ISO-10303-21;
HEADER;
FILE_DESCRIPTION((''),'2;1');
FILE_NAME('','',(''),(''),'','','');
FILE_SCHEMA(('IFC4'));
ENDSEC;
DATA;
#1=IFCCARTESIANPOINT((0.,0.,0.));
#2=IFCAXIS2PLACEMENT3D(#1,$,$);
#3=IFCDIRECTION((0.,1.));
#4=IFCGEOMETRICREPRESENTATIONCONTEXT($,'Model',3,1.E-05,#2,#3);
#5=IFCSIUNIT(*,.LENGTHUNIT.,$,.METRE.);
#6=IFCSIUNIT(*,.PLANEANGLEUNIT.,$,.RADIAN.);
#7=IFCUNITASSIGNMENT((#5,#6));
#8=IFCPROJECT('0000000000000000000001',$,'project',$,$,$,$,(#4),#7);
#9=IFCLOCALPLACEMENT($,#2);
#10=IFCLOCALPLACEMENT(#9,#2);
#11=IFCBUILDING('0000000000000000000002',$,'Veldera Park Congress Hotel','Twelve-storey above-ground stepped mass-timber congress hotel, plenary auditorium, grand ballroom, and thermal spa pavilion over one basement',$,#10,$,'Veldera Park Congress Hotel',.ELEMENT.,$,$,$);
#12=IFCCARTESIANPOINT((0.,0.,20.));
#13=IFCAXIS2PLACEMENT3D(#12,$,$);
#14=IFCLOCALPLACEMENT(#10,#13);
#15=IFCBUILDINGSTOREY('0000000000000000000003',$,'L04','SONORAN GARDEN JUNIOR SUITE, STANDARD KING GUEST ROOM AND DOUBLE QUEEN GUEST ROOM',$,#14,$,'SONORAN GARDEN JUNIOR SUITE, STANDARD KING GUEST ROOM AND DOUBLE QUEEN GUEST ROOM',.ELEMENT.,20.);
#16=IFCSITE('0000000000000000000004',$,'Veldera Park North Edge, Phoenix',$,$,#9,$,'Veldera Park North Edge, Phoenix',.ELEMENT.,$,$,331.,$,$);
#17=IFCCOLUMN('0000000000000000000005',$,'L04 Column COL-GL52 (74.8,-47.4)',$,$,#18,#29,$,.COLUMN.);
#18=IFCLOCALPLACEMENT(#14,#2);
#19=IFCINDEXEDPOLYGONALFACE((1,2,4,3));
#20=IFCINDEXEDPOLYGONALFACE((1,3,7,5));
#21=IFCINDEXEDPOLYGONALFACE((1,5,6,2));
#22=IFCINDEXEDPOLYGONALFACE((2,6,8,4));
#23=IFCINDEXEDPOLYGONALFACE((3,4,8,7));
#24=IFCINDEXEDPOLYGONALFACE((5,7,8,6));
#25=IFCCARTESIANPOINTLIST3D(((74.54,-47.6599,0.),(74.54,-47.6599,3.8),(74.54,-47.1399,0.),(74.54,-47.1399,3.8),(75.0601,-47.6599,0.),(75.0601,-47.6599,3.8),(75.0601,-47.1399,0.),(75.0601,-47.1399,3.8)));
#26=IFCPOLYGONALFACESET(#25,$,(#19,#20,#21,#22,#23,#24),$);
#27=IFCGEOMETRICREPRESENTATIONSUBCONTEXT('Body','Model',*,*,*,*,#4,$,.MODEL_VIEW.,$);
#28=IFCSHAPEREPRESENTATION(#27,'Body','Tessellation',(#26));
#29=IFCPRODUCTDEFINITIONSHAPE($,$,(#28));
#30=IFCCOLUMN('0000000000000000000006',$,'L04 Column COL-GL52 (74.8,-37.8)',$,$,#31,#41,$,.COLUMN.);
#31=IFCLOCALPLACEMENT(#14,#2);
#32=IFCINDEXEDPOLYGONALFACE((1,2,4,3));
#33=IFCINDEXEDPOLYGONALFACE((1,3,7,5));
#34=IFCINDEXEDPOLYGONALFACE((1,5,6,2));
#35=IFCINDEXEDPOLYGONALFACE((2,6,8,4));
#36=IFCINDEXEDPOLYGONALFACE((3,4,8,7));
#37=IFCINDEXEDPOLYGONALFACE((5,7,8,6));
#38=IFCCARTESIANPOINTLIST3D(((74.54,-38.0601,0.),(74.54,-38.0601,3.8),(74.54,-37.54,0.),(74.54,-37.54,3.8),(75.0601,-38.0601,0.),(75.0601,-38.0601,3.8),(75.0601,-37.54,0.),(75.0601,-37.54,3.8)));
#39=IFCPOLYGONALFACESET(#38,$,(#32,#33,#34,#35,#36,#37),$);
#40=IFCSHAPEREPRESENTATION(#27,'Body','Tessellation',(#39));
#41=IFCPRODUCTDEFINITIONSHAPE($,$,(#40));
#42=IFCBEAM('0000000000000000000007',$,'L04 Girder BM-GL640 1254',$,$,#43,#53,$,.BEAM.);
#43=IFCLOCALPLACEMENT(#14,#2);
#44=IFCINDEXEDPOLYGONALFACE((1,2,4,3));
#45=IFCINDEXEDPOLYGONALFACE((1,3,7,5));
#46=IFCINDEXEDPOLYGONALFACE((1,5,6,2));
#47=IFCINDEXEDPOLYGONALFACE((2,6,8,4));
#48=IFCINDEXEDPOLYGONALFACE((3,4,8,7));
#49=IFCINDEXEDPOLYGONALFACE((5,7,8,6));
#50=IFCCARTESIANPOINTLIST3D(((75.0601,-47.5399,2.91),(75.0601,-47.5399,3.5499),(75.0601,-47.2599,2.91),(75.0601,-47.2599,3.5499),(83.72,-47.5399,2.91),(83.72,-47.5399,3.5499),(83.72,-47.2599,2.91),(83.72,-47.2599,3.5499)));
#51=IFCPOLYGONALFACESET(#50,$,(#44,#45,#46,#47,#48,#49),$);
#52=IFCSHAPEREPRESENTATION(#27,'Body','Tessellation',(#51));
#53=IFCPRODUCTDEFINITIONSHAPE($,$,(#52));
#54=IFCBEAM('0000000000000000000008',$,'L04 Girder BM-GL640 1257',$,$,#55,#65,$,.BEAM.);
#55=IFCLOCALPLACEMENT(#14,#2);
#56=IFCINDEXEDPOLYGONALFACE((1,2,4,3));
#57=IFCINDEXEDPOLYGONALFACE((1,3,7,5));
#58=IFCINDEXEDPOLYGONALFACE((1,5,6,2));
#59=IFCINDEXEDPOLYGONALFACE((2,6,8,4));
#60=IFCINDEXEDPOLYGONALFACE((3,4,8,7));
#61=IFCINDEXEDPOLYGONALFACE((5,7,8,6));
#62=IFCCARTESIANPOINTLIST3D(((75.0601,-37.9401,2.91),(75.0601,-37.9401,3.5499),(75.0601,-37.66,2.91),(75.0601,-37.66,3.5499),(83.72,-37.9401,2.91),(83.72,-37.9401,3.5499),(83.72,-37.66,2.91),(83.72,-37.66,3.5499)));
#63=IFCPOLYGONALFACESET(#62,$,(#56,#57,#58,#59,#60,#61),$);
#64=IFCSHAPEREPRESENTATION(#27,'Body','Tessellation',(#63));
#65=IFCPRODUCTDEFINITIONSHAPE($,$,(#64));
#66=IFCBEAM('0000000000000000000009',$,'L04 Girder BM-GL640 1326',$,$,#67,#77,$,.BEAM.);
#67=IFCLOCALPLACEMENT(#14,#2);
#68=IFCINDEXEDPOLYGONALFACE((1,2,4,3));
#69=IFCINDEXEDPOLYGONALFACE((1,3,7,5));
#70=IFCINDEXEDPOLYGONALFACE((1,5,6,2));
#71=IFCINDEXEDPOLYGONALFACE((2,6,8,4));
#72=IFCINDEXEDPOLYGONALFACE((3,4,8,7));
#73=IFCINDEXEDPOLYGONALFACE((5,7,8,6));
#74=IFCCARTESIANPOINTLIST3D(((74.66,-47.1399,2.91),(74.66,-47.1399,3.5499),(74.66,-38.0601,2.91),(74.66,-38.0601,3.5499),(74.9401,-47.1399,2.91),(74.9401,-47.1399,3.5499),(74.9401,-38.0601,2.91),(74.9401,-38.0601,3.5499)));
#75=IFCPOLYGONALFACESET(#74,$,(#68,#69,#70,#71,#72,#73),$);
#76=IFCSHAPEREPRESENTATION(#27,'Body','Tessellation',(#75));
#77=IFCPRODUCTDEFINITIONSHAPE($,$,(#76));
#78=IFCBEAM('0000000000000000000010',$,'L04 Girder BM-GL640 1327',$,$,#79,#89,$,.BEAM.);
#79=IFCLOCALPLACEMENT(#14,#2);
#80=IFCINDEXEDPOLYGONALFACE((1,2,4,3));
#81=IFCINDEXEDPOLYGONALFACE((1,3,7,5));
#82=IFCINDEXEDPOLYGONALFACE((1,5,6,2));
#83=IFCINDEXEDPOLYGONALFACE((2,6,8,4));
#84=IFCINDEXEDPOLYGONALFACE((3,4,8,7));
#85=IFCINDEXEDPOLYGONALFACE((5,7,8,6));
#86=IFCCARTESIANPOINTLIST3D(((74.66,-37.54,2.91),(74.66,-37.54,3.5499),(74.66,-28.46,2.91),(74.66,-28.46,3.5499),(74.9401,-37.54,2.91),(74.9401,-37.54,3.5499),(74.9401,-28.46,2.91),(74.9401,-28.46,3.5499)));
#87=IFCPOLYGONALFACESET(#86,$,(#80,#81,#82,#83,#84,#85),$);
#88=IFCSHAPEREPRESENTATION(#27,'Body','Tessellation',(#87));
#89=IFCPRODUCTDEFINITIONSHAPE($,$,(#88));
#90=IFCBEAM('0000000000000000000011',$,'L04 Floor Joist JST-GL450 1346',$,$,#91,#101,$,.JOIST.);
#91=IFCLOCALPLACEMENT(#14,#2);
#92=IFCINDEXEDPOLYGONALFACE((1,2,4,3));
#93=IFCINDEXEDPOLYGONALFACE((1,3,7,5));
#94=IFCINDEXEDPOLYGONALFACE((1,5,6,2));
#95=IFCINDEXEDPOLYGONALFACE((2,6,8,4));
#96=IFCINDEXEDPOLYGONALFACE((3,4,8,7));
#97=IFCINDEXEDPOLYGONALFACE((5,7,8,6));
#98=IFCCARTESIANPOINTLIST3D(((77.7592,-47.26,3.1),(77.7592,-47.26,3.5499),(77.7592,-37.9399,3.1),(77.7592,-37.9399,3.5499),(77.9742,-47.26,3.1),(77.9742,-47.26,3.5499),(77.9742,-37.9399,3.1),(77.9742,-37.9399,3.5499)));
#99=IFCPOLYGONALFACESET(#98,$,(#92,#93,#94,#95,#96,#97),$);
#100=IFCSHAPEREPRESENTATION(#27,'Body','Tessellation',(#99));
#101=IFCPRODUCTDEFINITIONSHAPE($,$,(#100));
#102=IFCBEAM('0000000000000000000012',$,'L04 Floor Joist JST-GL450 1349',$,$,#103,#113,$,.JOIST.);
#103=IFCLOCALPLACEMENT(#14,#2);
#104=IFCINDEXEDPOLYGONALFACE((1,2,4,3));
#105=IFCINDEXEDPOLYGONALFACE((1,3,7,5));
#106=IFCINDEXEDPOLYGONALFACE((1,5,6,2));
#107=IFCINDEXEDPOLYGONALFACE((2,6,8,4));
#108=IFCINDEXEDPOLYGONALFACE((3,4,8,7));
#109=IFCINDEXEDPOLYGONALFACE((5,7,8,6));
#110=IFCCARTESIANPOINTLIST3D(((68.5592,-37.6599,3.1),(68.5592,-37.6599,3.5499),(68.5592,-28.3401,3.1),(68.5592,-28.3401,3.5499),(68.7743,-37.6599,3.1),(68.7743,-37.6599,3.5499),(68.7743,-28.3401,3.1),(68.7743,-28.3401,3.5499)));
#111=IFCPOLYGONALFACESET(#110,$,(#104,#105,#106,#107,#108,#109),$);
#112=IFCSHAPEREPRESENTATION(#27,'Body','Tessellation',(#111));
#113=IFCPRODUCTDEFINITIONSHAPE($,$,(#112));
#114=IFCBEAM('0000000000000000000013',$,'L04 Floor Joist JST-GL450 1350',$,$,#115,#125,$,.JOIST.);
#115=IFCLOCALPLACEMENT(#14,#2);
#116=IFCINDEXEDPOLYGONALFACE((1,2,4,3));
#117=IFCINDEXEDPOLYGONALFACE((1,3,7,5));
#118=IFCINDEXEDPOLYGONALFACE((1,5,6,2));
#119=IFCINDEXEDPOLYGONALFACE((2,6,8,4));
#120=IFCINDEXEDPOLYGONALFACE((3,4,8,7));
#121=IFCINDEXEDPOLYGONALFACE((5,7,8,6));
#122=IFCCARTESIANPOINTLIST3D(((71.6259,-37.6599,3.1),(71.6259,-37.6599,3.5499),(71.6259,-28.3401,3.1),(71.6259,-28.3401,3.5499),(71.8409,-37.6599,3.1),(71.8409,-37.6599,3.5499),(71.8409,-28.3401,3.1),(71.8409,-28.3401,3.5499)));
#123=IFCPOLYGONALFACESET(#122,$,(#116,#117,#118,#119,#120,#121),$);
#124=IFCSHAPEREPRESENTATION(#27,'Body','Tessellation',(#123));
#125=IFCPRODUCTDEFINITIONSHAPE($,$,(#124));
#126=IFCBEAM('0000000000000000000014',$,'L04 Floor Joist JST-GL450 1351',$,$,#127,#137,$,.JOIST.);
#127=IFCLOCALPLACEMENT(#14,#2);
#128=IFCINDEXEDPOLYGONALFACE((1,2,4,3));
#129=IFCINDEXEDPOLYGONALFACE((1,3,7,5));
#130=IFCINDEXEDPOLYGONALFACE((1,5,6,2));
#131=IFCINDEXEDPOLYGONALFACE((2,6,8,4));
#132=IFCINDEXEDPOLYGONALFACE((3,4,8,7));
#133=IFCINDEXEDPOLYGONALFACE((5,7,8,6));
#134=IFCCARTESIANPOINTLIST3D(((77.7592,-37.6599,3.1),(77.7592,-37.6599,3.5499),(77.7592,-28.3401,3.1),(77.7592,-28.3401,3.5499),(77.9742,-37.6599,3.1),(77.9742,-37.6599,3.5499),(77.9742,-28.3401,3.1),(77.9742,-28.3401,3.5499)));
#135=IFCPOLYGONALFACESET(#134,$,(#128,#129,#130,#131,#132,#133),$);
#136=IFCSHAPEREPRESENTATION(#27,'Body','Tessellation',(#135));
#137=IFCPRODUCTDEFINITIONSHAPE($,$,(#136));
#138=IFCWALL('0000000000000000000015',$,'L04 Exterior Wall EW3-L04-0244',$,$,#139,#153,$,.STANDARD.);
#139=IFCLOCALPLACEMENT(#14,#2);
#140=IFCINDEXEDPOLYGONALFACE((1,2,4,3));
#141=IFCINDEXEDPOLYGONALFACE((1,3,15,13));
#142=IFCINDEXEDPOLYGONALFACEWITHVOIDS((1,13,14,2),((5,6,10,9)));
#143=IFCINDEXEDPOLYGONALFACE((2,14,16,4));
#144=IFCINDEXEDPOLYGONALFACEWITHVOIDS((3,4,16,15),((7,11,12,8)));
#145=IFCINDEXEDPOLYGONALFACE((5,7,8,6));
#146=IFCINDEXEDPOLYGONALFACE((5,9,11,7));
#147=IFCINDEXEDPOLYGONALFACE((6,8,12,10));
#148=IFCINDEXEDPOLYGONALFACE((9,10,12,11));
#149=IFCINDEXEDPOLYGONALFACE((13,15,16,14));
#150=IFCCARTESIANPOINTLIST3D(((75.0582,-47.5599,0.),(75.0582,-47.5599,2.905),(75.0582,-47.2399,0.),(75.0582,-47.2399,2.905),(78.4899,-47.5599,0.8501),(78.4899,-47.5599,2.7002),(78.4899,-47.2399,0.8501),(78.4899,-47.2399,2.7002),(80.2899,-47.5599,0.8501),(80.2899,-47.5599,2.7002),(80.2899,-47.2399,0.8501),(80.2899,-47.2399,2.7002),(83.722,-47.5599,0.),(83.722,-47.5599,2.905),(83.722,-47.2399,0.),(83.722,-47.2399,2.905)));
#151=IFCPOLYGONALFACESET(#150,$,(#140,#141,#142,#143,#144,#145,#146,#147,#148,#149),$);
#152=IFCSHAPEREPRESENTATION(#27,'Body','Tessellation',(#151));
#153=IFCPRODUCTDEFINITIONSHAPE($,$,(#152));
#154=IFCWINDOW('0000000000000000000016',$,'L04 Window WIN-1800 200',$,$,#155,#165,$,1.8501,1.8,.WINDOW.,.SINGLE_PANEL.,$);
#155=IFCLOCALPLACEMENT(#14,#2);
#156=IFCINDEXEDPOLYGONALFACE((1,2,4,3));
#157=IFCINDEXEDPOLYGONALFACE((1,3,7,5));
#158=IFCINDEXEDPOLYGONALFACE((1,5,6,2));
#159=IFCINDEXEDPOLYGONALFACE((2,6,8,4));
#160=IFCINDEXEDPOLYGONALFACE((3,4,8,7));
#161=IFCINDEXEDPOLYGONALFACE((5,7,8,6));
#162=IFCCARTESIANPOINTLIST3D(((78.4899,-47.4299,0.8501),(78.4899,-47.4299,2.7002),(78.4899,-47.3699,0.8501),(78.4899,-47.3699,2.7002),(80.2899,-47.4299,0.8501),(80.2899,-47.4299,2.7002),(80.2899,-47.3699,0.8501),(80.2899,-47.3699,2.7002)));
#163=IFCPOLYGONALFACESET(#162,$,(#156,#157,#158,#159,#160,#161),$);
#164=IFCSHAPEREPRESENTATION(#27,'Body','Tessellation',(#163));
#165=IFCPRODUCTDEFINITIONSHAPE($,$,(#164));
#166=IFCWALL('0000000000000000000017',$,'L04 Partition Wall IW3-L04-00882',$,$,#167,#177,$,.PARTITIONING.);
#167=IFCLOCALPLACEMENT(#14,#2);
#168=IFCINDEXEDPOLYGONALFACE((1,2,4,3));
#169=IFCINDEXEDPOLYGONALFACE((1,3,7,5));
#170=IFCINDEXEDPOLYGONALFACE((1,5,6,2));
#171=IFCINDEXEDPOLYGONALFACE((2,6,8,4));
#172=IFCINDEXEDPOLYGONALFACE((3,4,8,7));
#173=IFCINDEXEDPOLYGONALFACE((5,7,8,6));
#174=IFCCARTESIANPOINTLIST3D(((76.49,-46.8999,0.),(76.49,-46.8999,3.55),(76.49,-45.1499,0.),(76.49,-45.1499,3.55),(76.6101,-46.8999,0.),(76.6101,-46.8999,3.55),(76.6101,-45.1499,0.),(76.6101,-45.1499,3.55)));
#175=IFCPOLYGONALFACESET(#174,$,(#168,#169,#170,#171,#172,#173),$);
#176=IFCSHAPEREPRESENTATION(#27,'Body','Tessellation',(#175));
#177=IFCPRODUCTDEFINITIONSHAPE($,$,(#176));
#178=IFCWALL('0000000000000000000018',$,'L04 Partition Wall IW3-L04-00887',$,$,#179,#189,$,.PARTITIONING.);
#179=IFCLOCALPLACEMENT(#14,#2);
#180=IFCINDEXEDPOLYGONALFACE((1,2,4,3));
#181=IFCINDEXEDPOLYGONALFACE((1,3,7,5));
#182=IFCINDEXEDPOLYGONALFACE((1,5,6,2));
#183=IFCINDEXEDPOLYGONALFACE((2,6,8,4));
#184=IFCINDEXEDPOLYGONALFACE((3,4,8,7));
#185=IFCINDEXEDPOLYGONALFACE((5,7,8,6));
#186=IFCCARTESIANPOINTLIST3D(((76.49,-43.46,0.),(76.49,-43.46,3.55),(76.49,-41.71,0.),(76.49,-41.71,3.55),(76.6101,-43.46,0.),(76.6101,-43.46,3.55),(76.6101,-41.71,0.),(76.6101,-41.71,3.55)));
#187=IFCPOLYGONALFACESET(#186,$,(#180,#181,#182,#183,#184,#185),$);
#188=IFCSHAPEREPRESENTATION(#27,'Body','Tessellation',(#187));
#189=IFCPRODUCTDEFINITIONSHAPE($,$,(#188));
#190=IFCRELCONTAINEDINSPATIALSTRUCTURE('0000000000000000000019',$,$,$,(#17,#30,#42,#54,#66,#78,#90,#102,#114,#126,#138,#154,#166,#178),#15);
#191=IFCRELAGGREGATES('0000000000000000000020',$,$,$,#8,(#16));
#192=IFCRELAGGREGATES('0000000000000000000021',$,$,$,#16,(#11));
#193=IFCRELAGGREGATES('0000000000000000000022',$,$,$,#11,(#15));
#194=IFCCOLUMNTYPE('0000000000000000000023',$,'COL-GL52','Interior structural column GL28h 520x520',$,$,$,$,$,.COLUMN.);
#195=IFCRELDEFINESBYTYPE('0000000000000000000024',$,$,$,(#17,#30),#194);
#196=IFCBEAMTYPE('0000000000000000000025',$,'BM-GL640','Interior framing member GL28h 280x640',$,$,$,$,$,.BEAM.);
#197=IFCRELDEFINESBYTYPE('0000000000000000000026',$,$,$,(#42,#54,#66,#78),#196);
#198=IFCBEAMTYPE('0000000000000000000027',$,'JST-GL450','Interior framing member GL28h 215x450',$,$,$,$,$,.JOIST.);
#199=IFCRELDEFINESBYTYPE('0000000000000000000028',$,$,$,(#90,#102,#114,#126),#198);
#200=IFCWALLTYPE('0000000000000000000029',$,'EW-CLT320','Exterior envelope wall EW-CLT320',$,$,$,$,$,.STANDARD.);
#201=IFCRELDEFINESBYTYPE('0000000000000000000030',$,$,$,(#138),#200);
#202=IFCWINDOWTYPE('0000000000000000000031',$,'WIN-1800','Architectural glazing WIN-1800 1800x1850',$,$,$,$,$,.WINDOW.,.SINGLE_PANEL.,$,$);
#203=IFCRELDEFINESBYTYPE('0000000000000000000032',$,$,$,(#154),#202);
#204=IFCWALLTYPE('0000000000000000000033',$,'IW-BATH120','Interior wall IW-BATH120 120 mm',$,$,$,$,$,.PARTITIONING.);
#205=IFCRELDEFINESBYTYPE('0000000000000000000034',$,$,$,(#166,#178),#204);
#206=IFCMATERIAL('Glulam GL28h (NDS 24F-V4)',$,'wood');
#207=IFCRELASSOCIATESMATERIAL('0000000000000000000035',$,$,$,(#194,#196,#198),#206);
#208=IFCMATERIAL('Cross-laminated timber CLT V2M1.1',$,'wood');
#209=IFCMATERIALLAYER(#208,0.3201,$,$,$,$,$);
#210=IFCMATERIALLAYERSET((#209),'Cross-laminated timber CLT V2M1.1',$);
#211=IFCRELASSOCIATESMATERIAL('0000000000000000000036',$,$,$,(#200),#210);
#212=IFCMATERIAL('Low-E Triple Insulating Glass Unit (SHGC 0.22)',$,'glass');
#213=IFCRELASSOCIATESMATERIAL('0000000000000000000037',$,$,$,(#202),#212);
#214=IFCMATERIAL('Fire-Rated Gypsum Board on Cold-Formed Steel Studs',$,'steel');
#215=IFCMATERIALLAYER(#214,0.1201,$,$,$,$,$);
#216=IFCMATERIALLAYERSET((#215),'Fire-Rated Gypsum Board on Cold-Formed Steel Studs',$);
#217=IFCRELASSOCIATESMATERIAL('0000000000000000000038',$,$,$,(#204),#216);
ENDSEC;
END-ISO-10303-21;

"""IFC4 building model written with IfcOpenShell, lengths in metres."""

from ifc_helpers import new_model, si_unit, direction, frame, frame_2d, origin, origin_2d, place, context, subcontext, project, spatial, rectangle, extrude, material, layer, layer_set, material_profile, profile_set, type_object, element, fill, save


model = new_model("IFC4")

# Units and contexts
model_context = context("Model", 3, precision=1e-05, world=origin(), true_north=direction((0.0, 1.0)))
body_context = subcontext(model_context, "Body", "Model", "MODEL_VIEW")
ifc_project = project(units=[si_unit("LENGTHUNIT", "METRE"), si_unit("PLANEANGLEUNIT", "RADIAN")], contexts=[model_context])

# Site, building, storey
site_placement = place(None, origin())
site = spatial("IfcSite", under=ifc_project, at=site_placement, Name="Veldera Park North Edge, Phoenix", LongName="Veldera Park North Edge, Phoenix", CompositionType="ELEMENT", RefElevation=331.0)
building_placement = place(site_placement, origin())
building = spatial("IfcBuilding", under=site, at=building_placement, Name="Veldera Park Congress Hotel", Description="Twelve-storey above-ground stepped mass-timber congress hotel, plenary auditorium, grand ballroom, and thermal spa pavilion over one basement", LongName="Veldera Park Congress Hotel", CompositionType="ELEMENT")
storey_placement = place(building_placement, frame((0.0, 0.0, 20.0)))
storey = spatial("IfcBuildingStorey", under=building, at=storey_placement, Name="L04", Description="SONORAN GARDEN JUNIOR SUITE, STANDARD KING GUEST ROOM AND DOUBLE QUEEN GUEST ROOM", LongName="SONORAN GARDEN JUNIOR SUITE, STANDARD KING GUEST ROOM AND DOUBLE QUEEN GUEST ROOM", CompositionType="ELEMENT", Elevation=20.0)

# Columns
ifc_material_1 = material(Name="Glulam GL28h (NDS 24F-V4)", Category="wood")
ifc_material_profile_1 = material_profile(ifc_material_1, rectangle(XDim=0.52, YDim=0.52, at=origin_2d()), Name="GL28h 520x520")
ifc_profile_set_1 = profile_set([ifc_material_profile_1], Name="Glulam GL28h (NDS 24F-V4)")
column_type = type_object("IfcColumnType", Name="COL-GL52", Description="Interior structural column GL28h 520x520", PredefinedType="COLUMN", material=ifc_profile_set_1)
for number, where, z_axis, x_axis, name in (
    (1, (74.8, -47.3999, 0.0), (0.0, 0.0, 1.0), (1.0, 0.0, 0.0), "L04 Column COL-GL52 (74.8,-47.4)"),
    (2, (74.8, -37.8, 0.0), (0.0, 0.0, 1.0), (1.0, 0.0, 0.0), "L04 Column COL-GL52 (74.8,-37.8)"),
):
    element("IfcColumn", number, at=place(storey_placement, frame(where, z_axis=z_axis, x_axis=x_axis)), inside=storey, type_object=column_type, Name=name, PredefinedType="COLUMN", context=body_context, shape_type="SweptSolid", body=[
        extrude(rectangle(XDim=0.52, YDim=0.52, at=origin_2d()), origin(), (0.0, 0.0, 1.0), 3.8),
    ])

# Beams
ifc_material_profile_2 = material_profile(ifc_material_1, rectangle(XDim=0.28, YDim=0.6399, at=origin_2d()), Name="GL28h 280x640")
ifc_profile_set_2 = profile_set([ifc_material_profile_2], Name="Glulam GL28h (NDS 24F-V4)")
beam_type_1 = type_object("IfcBeamType", Name="BM-GL640", Description="Interior framing member GL28h 280x640", PredefinedType="BEAM", material=ifc_profile_set_2)
for number, where, z_axis, x_axis, name in (
    (3, (75.0601, -47.3999, 3.23), (1.0, 0.0, 0.0), (0.0, 1.0, 0.0), "L04 Girder BM-GL640 1254"),
    (4, (75.0601, -37.8, 3.23), (1.0, 0.0, 0.0), (0.0, 1.0, 0.0), "L04 Girder BM-GL640 1257"),
):
    element("IfcBeam", number, at=place(storey_placement, frame(where, z_axis=z_axis, x_axis=x_axis)), inside=storey, type_object=beam_type_1, Name=name, PredefinedType="BEAM", context=body_context, shape_type="SweptSolid", body=[
        extrude(rectangle(XDim=0.28, YDim=0.6399, at=origin_2d()), origin(), (0.0, 0.0, 1.0), 8.6599),
    ])
beam_1_placement = place(storey_placement, frame((74.8, -47.1399, 3.23), z_axis=(0.0, 1.0, 0.0), x_axis=(-1.0, 0.0, 0.0)))
element("IfcBeam", 5, at=beam_1_placement, inside=storey, type_object=beam_type_1, Name="L04 Girder BM-GL640 1326", PredefinedType="BEAM", context=body_context, shape_type="SweptSolid", body=[
    extrude(rectangle(XDim=0.28, YDim=0.6399, at=origin_2d()), origin(), (0.0, 0.0, 1.0), 9.0798),
])
beam_2_placement = place(storey_placement, frame((74.8, -37.54, 3.23), z_axis=(0.0, 1.0, 0.0), x_axis=(-1.0, 0.0, 0.0)))
element("IfcBeam", 6, at=beam_2_placement, inside=storey, type_object=beam_type_1, Name="L04 Girder BM-GL640 1327", PredefinedType="BEAM", context=body_context, shape_type="SweptSolid", body=[
    extrude(rectangle(XDim=0.28, YDim=0.6399, at=origin_2d()), origin(), (0.0, 0.0, 1.0), 9.0801),
])
ifc_material_profile_3 = material_profile(ifc_material_1, rectangle(XDim=0.2151, YDim=0.45, at=origin_2d()), Name="GL28h 215x450")
ifc_profile_set_3 = profile_set([ifc_material_profile_3], Name="Glulam GL28h (NDS 24F-V4)")
beam_type_2 = type_object("IfcBeamType", Name="JST-GL450", Description="Interior framing member GL28h 215x450", PredefinedType="JOIST", material=ifc_profile_set_3)
beam_3_placement = place(storey_placement, frame((77.8667, -47.26, 3.325), z_axis=(0.0, 1.0, 0.0), x_axis=(-1.0, 0.0, 0.0)))
element("IfcBeam", 7, at=beam_3_placement, inside=storey, type_object=beam_type_2, Name="L04 Floor Joist JST-GL450 1346", PredefinedType="JOIST", context=body_context, shape_type="SweptSolid", body=[
    extrude(rectangle(XDim=0.2151, YDim=0.45, at=origin_2d()), origin(), (0.0, 0.0, 1.0), 9.3201),
])
for number, where, z_axis, x_axis, name in (
    (8, (68.6667, -37.6599, 3.325), (0.0, 1.0, 0.0), (-1.0, 0.0, 0.0), "L04 Floor Joist JST-GL450 1349"),
    (9, (71.7334, -37.6599, 3.325), (0.0, 1.0, 0.0), (-1.0, 0.0, 0.0), "L04 Floor Joist JST-GL450 1350"),
    (10, (77.8667, -37.6599, 3.325), (0.0, 1.0, 0.0), (-1.0, 0.0, 0.0), "L04 Floor Joist JST-GL450 1351"),
):
    element("IfcBeam", number, at=place(storey_placement, frame(where, z_axis=z_axis, x_axis=x_axis)), inside=storey, type_object=beam_type_2, Name=name, PredefinedType="JOIST", context=body_context, shape_type="SweptSolid", body=[
        extrude(rectangle(XDim=0.2151, YDim=0.45, at=origin_2d()), origin(), (0.0, 0.0, 1.0), 9.3198),
    ])

# Wall, opening, window
ifc_material_2 = material(Name="Cross-laminated timber CLT V2M1.1", Category="wood")
ifc_layer_1 = layer(ifc_material_2, 0.3201)
ifc_layer_set_1 = layer_set([ifc_layer_1], Name="Cross-laminated timber CLT V2M1.1")
wall_type_1 = type_object("IfcWallType", Name="EW-CLT320", Description="Exterior envelope wall EW-CLT320", PredefinedType="STANDARD", material=ifc_layer_set_1)
wall_1_placement = place(storey_placement, frame((75.0581, -47.3999, 0.0), z_axis=(0.0, 0.0, 1.0), x_axis=(1.0, 0.0, 0.0)))
wall_1 = element("IfcWall", 11, at=wall_1_placement, inside=storey, type_object=wall_type_1, Name="L04 Exterior Wall EW3-L04-0244", PredefinedType="STANDARD", context=body_context, shape_type="SweptSolid", body=[
    extrude(rectangle(XDim=8.6638, YDim=0.3201, at=frame_2d((4.332, 0.0))), origin(), (0.0, 0.0, 1.0), 2.905),
])
opening_1_placement = place(wall_1_placement, frame((3.4319, 0.0, 0.8501)))
opening_1 = element("IfcOpeningElement", 12, at=opening_1_placement, cuts=wall_1, PredefinedType="OPENING", context=body_context, shape_type="SweptSolid", body=[
    extrude(rectangle(XDim=1.8, YDim=1.8501, at=frame_2d((0.8999, 0.925))), frame((0.0, 0.1721, 0.0), z_axis=(0.0, -1.0, 0.0), x_axis=(1.0, 0.0, 0.0)), (0.0, 0.0, 1.0), 0.344),
])
ifc_material_3 = material(Name="Low-E Triple Insulating Glass Unit (SHGC 0.22)", Category="glass")
window_type = type_object("IfcWindowType", Name="WIN-1800", Description="Architectural glazing WIN-1800 1800x1850", PartitioningType="SINGLE_PANEL", PredefinedType="WINDOW", material=ifc_material_3)
window_placement = place(opening_1_placement, origin())
window = element("IfcWindow", 13, at=window_placement, inside=storey, type_object=window_type, Name="L04 Window WIN-1800 200", OverallHeight=1.8501, OverallWidth=1.8, PartitioningType="SINGLE_PANEL", PredefinedType="WINDOW", context=body_context, shape_type="SweptSolid", body=[
    extrude(rectangle(XDim=1.8, YDim=1.8501, at=frame_2d((0.8999, 0.925))), frame((0.0, 0.03, 0.0), z_axis=(0.0, -1.0, 0.0), x_axis=(1.0, 0.0, 0.0)), (0.0, 0.0, 1.0), 0.0601),
])
fill(opening_1, window)

# Wall
ifc_material_4 = material(Name="Fire-Rated Gypsum Board on Cold-Formed Steel Studs", Category="steel")
ifc_layer_2 = layer(ifc_material_4, 0.1201)
ifc_layer_set_2 = layer_set([ifc_layer_2], Name="Fire-Rated Gypsum Board on Cold-Formed Steel Studs")
wall_type_2 = type_object("IfcWallType", Name="IW-BATH120", Description="Interior wall IW-BATH120 120 mm", PredefinedType="PARTITIONING", material=ifc_layer_set_2)
wall_2_placement = place(storey_placement, frame((76.55, -46.8999, 0.0), z_axis=(0.0, 0.0, 1.0), x_axis=(0.0, 1.0, 0.0)))
element("IfcWall", 14, at=wall_2_placement, inside=storey, type_object=wall_type_2, Name="L04 Partition Wall IW3-L04-00882", PredefinedType="PARTITIONING", context=body_context, shape_type="SweptSolid", body=[
    extrude(rectangle(XDim=1.75, YDim=0.1201, at=frame_2d((0.875, 0.0))), origin(), (0.0, 0.0, 1.0), 3.55),
])

# Wall
wall_3_placement = place(storey_placement, frame((76.55, -43.46, 0.0), z_axis=(0.0, 0.0, 1.0), x_axis=(0.0, 1.0, 0.0)))
element("IfcWall", 15, at=wall_3_placement, inside=storey, type_object=wall_type_2, Name="L04 Partition Wall IW3-L04-00887", PredefinedType="PARTITIONING", context=body_context, shape_type="SweptSolid", body=[
    extrude(rectangle(XDim=1.75, YDim=0.1201, at=frame_2d((0.875, 0.0))), origin(), (0.0, 0.0, 1.0), 3.55),
])

save(model, "model.ifc")
